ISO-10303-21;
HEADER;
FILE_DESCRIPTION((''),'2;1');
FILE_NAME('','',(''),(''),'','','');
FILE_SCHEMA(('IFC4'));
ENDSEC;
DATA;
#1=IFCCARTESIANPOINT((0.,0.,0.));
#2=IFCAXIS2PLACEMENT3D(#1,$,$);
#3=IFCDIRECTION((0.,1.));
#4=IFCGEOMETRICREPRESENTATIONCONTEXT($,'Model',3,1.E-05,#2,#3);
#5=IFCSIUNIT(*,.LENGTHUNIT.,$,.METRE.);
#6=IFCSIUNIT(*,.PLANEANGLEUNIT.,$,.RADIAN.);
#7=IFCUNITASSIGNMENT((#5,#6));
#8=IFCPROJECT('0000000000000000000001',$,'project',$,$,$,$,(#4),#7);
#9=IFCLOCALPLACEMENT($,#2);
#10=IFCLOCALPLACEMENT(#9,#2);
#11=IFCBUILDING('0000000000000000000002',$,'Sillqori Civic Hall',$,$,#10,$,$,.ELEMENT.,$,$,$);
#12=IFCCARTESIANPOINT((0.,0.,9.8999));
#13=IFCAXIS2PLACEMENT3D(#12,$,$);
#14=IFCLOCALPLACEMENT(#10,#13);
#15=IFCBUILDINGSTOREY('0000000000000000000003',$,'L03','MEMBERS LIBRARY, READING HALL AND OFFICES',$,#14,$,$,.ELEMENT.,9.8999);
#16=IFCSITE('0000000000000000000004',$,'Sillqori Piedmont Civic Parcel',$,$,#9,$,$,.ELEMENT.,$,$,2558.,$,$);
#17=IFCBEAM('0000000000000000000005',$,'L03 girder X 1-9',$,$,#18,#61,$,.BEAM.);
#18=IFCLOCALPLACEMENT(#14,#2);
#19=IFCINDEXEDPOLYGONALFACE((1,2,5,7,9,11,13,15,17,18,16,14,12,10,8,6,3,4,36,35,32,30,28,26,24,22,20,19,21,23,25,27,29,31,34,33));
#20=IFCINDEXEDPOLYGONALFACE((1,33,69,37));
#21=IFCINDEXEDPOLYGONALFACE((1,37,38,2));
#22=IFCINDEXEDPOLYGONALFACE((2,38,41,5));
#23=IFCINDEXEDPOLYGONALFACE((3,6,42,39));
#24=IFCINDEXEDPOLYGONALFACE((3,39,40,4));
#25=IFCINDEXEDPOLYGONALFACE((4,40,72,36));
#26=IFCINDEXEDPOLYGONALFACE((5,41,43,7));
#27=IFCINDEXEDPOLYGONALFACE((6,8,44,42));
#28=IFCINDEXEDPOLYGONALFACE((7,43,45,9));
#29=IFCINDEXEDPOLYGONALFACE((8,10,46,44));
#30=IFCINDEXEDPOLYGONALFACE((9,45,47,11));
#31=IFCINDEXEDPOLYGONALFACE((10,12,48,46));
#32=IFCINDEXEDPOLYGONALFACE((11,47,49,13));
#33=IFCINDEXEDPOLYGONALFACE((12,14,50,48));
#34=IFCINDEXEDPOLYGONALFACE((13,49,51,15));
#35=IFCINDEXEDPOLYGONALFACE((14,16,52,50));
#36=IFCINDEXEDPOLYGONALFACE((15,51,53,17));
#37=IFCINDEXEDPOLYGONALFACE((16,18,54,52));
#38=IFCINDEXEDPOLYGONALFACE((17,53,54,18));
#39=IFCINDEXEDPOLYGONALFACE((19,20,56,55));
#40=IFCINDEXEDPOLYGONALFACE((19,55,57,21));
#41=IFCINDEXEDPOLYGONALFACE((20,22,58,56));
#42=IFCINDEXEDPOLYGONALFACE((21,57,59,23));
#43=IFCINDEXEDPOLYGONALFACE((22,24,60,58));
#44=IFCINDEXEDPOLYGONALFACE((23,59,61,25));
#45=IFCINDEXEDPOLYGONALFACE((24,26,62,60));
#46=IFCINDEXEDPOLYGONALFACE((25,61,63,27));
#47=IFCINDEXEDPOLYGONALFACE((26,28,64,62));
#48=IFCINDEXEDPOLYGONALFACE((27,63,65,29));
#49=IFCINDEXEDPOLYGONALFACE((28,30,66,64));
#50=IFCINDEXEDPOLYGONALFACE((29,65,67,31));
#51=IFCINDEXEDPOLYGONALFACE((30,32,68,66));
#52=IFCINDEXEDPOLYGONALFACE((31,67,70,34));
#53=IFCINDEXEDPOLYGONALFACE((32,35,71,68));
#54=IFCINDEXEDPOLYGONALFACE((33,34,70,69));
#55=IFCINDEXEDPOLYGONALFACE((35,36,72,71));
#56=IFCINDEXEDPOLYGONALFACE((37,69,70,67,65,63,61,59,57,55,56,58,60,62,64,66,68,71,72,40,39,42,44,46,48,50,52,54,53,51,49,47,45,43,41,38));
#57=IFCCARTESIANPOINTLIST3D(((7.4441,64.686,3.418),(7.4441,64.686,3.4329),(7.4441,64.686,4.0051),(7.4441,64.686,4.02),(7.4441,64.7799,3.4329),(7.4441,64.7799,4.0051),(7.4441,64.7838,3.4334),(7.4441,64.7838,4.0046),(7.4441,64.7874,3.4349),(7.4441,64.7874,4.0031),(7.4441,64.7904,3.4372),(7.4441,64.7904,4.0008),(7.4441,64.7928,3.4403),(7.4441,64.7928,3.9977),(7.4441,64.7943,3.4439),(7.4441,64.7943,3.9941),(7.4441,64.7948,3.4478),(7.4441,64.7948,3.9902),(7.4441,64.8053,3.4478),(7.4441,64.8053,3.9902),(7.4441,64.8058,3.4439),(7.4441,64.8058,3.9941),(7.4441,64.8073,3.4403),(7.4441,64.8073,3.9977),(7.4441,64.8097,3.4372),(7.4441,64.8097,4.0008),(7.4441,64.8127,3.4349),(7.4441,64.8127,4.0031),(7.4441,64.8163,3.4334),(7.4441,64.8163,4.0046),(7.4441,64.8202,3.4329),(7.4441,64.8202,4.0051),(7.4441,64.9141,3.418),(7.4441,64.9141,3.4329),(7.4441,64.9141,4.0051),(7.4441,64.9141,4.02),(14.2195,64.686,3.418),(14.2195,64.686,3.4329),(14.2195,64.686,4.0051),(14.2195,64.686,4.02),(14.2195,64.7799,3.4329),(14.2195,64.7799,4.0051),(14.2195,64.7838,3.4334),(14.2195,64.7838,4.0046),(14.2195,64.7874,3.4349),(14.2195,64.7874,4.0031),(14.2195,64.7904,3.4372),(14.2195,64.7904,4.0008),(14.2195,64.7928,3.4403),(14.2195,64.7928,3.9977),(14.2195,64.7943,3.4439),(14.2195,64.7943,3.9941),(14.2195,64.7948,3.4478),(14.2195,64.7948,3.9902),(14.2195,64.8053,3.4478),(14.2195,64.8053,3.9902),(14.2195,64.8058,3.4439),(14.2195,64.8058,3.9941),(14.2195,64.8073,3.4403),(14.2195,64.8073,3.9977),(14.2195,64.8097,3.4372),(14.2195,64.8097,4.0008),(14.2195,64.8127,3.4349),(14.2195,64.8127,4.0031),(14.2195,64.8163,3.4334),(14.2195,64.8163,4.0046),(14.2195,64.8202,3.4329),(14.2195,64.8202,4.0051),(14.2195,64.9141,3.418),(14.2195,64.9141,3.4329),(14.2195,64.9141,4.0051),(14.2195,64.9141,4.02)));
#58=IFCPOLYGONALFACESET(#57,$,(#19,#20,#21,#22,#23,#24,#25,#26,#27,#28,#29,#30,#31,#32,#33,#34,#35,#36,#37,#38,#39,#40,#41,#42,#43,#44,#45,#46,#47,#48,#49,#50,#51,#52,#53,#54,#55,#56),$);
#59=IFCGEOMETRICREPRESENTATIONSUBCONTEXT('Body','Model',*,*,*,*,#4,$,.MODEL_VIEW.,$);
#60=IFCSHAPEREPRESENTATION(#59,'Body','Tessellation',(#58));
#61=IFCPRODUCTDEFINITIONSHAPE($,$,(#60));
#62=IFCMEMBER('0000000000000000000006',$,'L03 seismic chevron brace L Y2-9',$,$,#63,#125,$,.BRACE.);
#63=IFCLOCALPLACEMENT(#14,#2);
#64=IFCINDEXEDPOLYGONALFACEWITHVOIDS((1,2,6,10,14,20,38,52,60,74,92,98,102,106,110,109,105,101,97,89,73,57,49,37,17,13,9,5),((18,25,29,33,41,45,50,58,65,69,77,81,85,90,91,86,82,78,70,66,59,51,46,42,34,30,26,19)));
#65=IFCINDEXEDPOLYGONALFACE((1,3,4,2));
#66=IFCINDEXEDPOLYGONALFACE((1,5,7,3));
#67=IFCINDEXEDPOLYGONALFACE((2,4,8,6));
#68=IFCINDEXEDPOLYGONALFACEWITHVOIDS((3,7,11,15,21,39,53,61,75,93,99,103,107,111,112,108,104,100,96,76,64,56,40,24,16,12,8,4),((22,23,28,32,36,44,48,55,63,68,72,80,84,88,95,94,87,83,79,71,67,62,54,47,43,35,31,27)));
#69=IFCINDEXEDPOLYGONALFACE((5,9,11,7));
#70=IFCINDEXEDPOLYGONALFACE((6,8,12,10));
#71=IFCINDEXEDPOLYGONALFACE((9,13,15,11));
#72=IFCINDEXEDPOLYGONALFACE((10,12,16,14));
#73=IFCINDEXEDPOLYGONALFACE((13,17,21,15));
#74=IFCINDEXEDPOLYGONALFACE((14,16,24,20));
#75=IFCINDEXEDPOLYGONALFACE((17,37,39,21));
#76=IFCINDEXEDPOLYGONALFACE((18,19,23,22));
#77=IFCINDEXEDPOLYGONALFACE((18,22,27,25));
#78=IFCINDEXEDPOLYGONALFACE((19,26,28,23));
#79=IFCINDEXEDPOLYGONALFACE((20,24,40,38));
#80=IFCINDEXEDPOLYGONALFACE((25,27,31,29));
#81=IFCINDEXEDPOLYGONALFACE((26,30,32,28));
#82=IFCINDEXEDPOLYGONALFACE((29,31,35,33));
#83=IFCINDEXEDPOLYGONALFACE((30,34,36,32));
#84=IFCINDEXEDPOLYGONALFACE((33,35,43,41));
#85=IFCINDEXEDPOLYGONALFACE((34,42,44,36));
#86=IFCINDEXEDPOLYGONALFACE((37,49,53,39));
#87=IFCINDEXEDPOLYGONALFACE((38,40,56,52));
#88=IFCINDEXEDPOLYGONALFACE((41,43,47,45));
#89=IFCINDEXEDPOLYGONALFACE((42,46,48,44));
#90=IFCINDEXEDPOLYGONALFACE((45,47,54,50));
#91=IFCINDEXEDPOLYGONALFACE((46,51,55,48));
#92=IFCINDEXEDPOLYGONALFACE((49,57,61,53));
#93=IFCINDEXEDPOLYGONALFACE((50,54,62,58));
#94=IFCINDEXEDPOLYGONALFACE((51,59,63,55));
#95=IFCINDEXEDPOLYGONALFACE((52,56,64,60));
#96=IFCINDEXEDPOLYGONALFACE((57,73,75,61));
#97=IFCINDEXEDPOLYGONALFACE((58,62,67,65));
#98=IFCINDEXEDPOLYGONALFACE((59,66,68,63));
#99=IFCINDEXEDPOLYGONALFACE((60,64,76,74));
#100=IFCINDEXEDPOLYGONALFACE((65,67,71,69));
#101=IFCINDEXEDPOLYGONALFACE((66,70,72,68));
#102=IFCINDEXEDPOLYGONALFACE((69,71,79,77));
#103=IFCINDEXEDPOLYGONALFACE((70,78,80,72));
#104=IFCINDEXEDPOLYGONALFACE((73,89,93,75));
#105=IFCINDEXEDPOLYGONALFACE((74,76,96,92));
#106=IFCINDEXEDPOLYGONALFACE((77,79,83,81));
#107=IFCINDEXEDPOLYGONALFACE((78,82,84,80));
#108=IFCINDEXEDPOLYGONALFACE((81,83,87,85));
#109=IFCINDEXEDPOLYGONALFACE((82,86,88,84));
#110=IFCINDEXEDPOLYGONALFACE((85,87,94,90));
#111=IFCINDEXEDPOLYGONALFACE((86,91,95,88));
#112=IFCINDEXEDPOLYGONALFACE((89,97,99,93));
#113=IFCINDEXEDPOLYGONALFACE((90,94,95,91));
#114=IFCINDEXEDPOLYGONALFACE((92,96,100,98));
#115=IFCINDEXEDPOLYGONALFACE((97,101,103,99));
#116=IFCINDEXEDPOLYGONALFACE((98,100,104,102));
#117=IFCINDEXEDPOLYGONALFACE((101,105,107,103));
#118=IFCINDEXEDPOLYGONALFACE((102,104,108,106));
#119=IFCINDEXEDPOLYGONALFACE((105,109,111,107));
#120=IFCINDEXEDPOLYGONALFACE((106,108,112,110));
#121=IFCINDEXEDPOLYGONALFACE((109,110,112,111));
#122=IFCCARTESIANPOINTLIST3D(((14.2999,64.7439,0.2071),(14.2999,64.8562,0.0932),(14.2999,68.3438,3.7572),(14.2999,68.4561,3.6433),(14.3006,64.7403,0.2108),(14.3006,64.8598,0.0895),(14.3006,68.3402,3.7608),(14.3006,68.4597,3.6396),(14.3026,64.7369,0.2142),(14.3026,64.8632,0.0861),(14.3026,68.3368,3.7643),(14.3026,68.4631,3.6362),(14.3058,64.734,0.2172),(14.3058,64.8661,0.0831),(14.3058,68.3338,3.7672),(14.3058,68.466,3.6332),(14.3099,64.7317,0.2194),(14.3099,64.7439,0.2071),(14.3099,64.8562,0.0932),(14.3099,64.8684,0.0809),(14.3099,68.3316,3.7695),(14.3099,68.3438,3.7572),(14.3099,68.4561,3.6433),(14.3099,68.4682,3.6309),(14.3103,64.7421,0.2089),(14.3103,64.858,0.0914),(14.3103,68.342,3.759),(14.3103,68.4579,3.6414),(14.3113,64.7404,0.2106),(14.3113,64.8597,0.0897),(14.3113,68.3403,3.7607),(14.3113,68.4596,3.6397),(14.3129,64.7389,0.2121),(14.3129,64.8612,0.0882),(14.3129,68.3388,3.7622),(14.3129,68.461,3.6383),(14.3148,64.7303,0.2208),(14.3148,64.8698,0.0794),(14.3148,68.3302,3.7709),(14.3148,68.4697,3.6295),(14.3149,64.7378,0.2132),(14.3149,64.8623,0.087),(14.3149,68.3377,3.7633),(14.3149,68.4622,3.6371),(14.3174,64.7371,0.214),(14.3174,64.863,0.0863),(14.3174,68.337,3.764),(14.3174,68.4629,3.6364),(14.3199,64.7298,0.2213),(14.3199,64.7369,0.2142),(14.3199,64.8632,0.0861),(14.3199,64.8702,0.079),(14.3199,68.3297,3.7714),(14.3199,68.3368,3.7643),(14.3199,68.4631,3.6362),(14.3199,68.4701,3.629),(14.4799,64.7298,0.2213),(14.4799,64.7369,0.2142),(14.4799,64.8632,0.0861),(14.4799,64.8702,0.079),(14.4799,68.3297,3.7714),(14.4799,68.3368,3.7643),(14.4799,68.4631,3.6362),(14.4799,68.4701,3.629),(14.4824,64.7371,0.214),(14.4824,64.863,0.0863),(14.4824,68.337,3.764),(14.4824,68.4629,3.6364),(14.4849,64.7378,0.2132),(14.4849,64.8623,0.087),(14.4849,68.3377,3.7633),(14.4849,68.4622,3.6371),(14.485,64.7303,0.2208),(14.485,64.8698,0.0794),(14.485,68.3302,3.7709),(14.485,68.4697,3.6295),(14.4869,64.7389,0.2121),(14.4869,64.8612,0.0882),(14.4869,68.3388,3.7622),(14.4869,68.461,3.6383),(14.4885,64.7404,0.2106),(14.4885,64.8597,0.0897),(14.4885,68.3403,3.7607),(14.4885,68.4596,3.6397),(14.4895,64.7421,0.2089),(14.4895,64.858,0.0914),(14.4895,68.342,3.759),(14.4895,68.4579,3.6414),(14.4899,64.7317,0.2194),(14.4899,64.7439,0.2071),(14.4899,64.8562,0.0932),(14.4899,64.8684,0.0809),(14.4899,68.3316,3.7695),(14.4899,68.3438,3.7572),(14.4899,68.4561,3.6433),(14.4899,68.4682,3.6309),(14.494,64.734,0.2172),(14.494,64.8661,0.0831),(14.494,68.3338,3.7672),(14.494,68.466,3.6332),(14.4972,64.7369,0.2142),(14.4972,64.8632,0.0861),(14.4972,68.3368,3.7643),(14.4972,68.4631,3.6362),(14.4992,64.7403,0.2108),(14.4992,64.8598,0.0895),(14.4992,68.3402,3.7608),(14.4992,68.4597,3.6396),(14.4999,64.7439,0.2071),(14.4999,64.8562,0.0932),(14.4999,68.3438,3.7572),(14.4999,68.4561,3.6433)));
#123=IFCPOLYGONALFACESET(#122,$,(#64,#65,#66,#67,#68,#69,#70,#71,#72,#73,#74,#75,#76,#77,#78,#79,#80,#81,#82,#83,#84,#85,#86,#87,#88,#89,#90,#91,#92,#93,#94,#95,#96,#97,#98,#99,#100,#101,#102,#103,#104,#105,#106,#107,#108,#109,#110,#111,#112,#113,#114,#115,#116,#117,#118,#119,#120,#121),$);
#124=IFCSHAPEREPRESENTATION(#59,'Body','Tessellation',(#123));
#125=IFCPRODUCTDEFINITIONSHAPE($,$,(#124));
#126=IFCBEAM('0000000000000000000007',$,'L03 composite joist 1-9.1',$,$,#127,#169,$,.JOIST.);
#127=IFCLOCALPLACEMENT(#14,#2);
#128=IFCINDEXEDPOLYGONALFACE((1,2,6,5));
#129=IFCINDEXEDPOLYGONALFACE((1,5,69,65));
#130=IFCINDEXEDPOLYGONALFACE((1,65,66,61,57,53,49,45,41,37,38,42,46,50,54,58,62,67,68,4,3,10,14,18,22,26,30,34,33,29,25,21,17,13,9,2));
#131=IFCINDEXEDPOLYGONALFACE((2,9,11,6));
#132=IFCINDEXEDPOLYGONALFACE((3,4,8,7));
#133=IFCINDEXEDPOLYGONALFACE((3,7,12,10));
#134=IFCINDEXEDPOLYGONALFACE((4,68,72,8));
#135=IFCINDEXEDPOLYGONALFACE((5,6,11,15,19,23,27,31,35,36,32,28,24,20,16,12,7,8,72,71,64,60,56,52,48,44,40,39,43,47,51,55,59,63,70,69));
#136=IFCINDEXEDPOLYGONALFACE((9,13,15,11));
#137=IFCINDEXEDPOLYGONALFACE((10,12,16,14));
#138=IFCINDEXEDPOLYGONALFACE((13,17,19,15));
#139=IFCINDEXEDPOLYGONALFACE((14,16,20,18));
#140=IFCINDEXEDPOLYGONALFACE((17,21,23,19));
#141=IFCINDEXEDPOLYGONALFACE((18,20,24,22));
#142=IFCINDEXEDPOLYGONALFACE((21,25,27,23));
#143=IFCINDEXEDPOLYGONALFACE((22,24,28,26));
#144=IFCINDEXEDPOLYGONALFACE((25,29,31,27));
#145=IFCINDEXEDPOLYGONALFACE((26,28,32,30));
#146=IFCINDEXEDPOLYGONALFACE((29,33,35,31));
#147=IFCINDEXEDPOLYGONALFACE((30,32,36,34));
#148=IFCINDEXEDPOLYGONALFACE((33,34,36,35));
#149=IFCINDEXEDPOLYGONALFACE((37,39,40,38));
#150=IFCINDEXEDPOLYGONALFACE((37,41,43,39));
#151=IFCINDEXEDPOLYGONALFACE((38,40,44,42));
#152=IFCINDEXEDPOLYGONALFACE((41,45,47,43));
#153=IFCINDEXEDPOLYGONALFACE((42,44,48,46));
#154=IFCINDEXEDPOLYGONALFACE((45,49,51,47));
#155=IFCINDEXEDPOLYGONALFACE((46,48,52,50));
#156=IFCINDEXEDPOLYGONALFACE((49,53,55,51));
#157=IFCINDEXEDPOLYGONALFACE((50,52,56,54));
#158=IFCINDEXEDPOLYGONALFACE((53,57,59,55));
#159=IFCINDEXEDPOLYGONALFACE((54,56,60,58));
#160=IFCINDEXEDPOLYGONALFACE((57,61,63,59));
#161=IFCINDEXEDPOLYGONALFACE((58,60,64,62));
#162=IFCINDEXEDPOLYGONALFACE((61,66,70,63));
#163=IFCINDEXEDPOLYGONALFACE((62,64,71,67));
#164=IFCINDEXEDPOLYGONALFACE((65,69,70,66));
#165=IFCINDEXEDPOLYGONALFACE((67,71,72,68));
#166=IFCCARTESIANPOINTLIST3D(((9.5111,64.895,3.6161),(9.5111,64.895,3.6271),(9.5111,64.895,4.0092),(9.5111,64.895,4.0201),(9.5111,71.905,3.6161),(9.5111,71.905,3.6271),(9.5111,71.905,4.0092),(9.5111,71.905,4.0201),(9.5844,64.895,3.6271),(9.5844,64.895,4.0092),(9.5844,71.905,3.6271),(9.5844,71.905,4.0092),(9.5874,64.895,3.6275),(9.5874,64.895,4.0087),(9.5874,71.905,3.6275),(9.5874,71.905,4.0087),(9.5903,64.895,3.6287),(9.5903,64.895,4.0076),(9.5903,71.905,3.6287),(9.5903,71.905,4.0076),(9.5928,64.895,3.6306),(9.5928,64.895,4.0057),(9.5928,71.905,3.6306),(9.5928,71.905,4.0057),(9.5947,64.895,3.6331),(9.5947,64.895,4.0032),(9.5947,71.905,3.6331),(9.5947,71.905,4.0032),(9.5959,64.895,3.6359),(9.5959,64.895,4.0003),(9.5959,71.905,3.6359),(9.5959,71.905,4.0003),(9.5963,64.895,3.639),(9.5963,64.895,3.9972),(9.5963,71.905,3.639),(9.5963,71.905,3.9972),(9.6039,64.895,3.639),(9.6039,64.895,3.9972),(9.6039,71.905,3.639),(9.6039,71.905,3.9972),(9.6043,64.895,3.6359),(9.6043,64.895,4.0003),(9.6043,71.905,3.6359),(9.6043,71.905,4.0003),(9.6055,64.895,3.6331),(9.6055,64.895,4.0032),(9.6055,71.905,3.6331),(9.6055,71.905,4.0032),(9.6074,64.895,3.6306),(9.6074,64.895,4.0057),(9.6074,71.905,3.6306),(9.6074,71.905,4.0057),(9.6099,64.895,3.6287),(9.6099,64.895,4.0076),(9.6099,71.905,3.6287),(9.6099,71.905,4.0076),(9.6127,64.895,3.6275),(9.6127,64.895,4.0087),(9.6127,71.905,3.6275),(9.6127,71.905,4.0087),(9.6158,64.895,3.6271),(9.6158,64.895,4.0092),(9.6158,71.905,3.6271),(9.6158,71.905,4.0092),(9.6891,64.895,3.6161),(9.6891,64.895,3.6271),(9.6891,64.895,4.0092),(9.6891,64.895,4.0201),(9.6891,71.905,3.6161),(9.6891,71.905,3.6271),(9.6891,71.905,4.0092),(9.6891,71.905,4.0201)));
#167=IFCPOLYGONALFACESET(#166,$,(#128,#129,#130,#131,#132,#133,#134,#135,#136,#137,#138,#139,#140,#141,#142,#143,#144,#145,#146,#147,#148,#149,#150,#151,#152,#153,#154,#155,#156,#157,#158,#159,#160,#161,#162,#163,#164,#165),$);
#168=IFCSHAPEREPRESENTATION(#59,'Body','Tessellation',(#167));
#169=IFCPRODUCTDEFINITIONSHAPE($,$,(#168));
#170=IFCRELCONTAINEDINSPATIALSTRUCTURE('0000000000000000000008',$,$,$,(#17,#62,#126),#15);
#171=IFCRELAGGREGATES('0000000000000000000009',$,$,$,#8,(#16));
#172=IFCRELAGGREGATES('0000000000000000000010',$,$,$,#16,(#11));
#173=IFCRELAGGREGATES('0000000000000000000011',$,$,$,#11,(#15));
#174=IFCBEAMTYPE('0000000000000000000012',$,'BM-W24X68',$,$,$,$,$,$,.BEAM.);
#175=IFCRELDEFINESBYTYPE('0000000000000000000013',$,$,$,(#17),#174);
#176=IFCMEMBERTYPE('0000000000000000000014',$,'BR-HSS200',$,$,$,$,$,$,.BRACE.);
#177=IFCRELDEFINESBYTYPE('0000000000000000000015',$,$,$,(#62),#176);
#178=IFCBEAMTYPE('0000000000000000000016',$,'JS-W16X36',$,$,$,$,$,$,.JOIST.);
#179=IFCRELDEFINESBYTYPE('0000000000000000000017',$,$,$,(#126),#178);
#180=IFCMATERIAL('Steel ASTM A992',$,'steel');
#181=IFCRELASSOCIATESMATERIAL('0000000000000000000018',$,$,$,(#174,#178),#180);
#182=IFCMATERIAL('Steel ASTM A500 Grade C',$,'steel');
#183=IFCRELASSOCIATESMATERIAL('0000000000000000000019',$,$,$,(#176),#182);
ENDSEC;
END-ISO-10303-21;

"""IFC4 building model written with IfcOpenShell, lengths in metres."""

from ifc_helpers import new_model, si_unit, direction, frame, origin, origin_2d, place, context, subcontext, project, spatial, hollow_rectangle, i_section, extrude, material, material_profile, profile_set, type_object, element, save


model = new_model("IFC4")

# Units and contexts
model_context = context("Model", 3, precision=1e-05, world=origin(), true_north=direction((0.0, 1.0)))
body_context = subcontext(model_context, "Body", "Model", "MODEL_VIEW")
ifc_project = project(units=[si_unit("LENGTHUNIT", "METRE"), si_unit("PLANEANGLEUNIT", "RADIAN")], contexts=[model_context])

# Site, building, storey
site_placement = place(None, origin())
site = spatial("IfcSite", under=ifc_project, at=site_placement, Name="Sillqori Piedmont Civic Parcel", CompositionType="ELEMENT", RefElevation=2558.0)
building_placement = place(site_placement, origin())
building = spatial("IfcBuilding", under=site, at=building_placement, Name="Sillqori Civic Hall", CompositionType="ELEMENT")
storey_placement = place(building_placement, frame((0.0, 0.0, 9.8999)))
storey = spatial("IfcBuildingStorey", under=building, at=storey_placement, Name="L03", Description="MEMBERS LIBRARY, READING HALL AND OFFICES", CompositionType="ELEMENT", Elevation=9.8999)

# Shared definitions
ifc_material_1 = material(Name="Steel ASTM A992", Category="steel")

# Beam
ifc_material_profile_1 = material_profile(ifc_material_1, i_section(OverallWidth=0.228, OverallDepth=0.6021, WebThickness=0.0105, FlangeThickness=0.0149, FilletRadius=0.0149, at=origin_2d()), Name="W24X68")
ifc_profile_set_1 = profile_set([ifc_material_profile_1], Name="Steel ASTM A992")
beam_type_1 = type_object("IfcBeamType", Name="BM-W24X68", PredefinedType="BEAM", material=ifc_profile_set_1)
beam_1_placement = place(storey_placement, frame((7.4441, 64.8, 3.719), z_axis=(1.0, 0.0, 0.0), x_axis=(0.0, 1.0, 0.0)))
element("IfcBeam", 1, at=beam_1_placement, inside=storey, type_object=beam_type_1, Name="L03 girder X 1-9", PredefinedType="BEAM", context=body_context, shape_type="SweptSolid", body=[
    extrude(i_section(OverallWidth=0.228, OverallDepth=0.6021, WebThickness=0.0105, FlangeThickness=0.0149, FilletRadius=0.0149, at=origin_2d()), origin(), (0.0, 0.0, 1.0), 6.7754),
])

# Member
ifc_material_2 = material(Name="Steel ASTM A500 Grade C", Category="steel")
ifc_material_profile_2 = material_profile(ifc_material_2, hollow_rectangle(XDim=0.2, YDim=0.2, WallThickness=0.01, InnerFilletRadius=0.01, OuterFilletRadius=0.02, at=origin_2d()), Name="HSS200X200X10")
ifc_profile_set_2 = profile_set([ifc_material_profile_2], Name="Steel ASTM A500 Grade C")
member_type_1 = type_object("IfcMemberType", Name="BR-HSS200", PredefinedType="BRACE", material=ifc_profile_set_2)
member_1_placement = place(storey_placement, frame((14.3999, 64.8, 0.1501), z_axis=(0.0, 0.712015, 0.702164), x_axis=(-1.0, 0.0, 0.0)))
element("IfcMember", 2, at=member_1_placement, inside=storey, type_object=member_type_1, Name="L03 seismic chevron brace L Y2-9", PredefinedType="BRACE", context=body_context, shape_type="SweptSolid", body=[
    extrude(hollow_rectangle(XDim=0.2, YDim=0.2, WallThickness=0.01, InnerFilletRadius=0.01, OuterFilletRadius=0.02, at=origin_2d()), origin(), (0.0, 0.0, 1.0), 5.0559),
])

# Beam
ifc_material_profile_3 = material_profile(ifc_material_1, i_section(OverallWidth=0.178, OverallDepth=0.4041, WebThickness=0.0076, FlangeThickness=0.011, FilletRadius=0.012, at=origin_2d()), Name="W16X36")
ifc_profile_set_3 = profile_set([ifc_material_profile_3], Name="Steel ASTM A992")
beam_type_2 = type_object("IfcBeamType", Name="JS-W16X36", PredefinedType="JOIST", material=ifc_profile_set_3)
for number, where, z_axis, x_axis, name in (
    (3, (9.6001, 64.895, 3.8181), (0.0, 1.0, 0.0), (-1.0, 0.0, 0.0), "L03 composite joist 1-9.1"),
):
    element("IfcBeam", number, at=place(storey_placement, frame(where, z_axis=z_axis, x_axis=x_axis)), inside=storey, type_object=beam_type_2, Name=name, PredefinedType="JOIST", context=body_context, shape_type="SweptSolid", body=[
        extrude(i_section(OverallWidth=0.178, OverallDepth=0.4041, WebThickness=0.0076, FlangeThickness=0.011, FilletRadius=0.012, at=origin_2d()), origin(), (0.0, 0.0, 1.0), 7.01),
    ])

save(model, "model.ifc")
